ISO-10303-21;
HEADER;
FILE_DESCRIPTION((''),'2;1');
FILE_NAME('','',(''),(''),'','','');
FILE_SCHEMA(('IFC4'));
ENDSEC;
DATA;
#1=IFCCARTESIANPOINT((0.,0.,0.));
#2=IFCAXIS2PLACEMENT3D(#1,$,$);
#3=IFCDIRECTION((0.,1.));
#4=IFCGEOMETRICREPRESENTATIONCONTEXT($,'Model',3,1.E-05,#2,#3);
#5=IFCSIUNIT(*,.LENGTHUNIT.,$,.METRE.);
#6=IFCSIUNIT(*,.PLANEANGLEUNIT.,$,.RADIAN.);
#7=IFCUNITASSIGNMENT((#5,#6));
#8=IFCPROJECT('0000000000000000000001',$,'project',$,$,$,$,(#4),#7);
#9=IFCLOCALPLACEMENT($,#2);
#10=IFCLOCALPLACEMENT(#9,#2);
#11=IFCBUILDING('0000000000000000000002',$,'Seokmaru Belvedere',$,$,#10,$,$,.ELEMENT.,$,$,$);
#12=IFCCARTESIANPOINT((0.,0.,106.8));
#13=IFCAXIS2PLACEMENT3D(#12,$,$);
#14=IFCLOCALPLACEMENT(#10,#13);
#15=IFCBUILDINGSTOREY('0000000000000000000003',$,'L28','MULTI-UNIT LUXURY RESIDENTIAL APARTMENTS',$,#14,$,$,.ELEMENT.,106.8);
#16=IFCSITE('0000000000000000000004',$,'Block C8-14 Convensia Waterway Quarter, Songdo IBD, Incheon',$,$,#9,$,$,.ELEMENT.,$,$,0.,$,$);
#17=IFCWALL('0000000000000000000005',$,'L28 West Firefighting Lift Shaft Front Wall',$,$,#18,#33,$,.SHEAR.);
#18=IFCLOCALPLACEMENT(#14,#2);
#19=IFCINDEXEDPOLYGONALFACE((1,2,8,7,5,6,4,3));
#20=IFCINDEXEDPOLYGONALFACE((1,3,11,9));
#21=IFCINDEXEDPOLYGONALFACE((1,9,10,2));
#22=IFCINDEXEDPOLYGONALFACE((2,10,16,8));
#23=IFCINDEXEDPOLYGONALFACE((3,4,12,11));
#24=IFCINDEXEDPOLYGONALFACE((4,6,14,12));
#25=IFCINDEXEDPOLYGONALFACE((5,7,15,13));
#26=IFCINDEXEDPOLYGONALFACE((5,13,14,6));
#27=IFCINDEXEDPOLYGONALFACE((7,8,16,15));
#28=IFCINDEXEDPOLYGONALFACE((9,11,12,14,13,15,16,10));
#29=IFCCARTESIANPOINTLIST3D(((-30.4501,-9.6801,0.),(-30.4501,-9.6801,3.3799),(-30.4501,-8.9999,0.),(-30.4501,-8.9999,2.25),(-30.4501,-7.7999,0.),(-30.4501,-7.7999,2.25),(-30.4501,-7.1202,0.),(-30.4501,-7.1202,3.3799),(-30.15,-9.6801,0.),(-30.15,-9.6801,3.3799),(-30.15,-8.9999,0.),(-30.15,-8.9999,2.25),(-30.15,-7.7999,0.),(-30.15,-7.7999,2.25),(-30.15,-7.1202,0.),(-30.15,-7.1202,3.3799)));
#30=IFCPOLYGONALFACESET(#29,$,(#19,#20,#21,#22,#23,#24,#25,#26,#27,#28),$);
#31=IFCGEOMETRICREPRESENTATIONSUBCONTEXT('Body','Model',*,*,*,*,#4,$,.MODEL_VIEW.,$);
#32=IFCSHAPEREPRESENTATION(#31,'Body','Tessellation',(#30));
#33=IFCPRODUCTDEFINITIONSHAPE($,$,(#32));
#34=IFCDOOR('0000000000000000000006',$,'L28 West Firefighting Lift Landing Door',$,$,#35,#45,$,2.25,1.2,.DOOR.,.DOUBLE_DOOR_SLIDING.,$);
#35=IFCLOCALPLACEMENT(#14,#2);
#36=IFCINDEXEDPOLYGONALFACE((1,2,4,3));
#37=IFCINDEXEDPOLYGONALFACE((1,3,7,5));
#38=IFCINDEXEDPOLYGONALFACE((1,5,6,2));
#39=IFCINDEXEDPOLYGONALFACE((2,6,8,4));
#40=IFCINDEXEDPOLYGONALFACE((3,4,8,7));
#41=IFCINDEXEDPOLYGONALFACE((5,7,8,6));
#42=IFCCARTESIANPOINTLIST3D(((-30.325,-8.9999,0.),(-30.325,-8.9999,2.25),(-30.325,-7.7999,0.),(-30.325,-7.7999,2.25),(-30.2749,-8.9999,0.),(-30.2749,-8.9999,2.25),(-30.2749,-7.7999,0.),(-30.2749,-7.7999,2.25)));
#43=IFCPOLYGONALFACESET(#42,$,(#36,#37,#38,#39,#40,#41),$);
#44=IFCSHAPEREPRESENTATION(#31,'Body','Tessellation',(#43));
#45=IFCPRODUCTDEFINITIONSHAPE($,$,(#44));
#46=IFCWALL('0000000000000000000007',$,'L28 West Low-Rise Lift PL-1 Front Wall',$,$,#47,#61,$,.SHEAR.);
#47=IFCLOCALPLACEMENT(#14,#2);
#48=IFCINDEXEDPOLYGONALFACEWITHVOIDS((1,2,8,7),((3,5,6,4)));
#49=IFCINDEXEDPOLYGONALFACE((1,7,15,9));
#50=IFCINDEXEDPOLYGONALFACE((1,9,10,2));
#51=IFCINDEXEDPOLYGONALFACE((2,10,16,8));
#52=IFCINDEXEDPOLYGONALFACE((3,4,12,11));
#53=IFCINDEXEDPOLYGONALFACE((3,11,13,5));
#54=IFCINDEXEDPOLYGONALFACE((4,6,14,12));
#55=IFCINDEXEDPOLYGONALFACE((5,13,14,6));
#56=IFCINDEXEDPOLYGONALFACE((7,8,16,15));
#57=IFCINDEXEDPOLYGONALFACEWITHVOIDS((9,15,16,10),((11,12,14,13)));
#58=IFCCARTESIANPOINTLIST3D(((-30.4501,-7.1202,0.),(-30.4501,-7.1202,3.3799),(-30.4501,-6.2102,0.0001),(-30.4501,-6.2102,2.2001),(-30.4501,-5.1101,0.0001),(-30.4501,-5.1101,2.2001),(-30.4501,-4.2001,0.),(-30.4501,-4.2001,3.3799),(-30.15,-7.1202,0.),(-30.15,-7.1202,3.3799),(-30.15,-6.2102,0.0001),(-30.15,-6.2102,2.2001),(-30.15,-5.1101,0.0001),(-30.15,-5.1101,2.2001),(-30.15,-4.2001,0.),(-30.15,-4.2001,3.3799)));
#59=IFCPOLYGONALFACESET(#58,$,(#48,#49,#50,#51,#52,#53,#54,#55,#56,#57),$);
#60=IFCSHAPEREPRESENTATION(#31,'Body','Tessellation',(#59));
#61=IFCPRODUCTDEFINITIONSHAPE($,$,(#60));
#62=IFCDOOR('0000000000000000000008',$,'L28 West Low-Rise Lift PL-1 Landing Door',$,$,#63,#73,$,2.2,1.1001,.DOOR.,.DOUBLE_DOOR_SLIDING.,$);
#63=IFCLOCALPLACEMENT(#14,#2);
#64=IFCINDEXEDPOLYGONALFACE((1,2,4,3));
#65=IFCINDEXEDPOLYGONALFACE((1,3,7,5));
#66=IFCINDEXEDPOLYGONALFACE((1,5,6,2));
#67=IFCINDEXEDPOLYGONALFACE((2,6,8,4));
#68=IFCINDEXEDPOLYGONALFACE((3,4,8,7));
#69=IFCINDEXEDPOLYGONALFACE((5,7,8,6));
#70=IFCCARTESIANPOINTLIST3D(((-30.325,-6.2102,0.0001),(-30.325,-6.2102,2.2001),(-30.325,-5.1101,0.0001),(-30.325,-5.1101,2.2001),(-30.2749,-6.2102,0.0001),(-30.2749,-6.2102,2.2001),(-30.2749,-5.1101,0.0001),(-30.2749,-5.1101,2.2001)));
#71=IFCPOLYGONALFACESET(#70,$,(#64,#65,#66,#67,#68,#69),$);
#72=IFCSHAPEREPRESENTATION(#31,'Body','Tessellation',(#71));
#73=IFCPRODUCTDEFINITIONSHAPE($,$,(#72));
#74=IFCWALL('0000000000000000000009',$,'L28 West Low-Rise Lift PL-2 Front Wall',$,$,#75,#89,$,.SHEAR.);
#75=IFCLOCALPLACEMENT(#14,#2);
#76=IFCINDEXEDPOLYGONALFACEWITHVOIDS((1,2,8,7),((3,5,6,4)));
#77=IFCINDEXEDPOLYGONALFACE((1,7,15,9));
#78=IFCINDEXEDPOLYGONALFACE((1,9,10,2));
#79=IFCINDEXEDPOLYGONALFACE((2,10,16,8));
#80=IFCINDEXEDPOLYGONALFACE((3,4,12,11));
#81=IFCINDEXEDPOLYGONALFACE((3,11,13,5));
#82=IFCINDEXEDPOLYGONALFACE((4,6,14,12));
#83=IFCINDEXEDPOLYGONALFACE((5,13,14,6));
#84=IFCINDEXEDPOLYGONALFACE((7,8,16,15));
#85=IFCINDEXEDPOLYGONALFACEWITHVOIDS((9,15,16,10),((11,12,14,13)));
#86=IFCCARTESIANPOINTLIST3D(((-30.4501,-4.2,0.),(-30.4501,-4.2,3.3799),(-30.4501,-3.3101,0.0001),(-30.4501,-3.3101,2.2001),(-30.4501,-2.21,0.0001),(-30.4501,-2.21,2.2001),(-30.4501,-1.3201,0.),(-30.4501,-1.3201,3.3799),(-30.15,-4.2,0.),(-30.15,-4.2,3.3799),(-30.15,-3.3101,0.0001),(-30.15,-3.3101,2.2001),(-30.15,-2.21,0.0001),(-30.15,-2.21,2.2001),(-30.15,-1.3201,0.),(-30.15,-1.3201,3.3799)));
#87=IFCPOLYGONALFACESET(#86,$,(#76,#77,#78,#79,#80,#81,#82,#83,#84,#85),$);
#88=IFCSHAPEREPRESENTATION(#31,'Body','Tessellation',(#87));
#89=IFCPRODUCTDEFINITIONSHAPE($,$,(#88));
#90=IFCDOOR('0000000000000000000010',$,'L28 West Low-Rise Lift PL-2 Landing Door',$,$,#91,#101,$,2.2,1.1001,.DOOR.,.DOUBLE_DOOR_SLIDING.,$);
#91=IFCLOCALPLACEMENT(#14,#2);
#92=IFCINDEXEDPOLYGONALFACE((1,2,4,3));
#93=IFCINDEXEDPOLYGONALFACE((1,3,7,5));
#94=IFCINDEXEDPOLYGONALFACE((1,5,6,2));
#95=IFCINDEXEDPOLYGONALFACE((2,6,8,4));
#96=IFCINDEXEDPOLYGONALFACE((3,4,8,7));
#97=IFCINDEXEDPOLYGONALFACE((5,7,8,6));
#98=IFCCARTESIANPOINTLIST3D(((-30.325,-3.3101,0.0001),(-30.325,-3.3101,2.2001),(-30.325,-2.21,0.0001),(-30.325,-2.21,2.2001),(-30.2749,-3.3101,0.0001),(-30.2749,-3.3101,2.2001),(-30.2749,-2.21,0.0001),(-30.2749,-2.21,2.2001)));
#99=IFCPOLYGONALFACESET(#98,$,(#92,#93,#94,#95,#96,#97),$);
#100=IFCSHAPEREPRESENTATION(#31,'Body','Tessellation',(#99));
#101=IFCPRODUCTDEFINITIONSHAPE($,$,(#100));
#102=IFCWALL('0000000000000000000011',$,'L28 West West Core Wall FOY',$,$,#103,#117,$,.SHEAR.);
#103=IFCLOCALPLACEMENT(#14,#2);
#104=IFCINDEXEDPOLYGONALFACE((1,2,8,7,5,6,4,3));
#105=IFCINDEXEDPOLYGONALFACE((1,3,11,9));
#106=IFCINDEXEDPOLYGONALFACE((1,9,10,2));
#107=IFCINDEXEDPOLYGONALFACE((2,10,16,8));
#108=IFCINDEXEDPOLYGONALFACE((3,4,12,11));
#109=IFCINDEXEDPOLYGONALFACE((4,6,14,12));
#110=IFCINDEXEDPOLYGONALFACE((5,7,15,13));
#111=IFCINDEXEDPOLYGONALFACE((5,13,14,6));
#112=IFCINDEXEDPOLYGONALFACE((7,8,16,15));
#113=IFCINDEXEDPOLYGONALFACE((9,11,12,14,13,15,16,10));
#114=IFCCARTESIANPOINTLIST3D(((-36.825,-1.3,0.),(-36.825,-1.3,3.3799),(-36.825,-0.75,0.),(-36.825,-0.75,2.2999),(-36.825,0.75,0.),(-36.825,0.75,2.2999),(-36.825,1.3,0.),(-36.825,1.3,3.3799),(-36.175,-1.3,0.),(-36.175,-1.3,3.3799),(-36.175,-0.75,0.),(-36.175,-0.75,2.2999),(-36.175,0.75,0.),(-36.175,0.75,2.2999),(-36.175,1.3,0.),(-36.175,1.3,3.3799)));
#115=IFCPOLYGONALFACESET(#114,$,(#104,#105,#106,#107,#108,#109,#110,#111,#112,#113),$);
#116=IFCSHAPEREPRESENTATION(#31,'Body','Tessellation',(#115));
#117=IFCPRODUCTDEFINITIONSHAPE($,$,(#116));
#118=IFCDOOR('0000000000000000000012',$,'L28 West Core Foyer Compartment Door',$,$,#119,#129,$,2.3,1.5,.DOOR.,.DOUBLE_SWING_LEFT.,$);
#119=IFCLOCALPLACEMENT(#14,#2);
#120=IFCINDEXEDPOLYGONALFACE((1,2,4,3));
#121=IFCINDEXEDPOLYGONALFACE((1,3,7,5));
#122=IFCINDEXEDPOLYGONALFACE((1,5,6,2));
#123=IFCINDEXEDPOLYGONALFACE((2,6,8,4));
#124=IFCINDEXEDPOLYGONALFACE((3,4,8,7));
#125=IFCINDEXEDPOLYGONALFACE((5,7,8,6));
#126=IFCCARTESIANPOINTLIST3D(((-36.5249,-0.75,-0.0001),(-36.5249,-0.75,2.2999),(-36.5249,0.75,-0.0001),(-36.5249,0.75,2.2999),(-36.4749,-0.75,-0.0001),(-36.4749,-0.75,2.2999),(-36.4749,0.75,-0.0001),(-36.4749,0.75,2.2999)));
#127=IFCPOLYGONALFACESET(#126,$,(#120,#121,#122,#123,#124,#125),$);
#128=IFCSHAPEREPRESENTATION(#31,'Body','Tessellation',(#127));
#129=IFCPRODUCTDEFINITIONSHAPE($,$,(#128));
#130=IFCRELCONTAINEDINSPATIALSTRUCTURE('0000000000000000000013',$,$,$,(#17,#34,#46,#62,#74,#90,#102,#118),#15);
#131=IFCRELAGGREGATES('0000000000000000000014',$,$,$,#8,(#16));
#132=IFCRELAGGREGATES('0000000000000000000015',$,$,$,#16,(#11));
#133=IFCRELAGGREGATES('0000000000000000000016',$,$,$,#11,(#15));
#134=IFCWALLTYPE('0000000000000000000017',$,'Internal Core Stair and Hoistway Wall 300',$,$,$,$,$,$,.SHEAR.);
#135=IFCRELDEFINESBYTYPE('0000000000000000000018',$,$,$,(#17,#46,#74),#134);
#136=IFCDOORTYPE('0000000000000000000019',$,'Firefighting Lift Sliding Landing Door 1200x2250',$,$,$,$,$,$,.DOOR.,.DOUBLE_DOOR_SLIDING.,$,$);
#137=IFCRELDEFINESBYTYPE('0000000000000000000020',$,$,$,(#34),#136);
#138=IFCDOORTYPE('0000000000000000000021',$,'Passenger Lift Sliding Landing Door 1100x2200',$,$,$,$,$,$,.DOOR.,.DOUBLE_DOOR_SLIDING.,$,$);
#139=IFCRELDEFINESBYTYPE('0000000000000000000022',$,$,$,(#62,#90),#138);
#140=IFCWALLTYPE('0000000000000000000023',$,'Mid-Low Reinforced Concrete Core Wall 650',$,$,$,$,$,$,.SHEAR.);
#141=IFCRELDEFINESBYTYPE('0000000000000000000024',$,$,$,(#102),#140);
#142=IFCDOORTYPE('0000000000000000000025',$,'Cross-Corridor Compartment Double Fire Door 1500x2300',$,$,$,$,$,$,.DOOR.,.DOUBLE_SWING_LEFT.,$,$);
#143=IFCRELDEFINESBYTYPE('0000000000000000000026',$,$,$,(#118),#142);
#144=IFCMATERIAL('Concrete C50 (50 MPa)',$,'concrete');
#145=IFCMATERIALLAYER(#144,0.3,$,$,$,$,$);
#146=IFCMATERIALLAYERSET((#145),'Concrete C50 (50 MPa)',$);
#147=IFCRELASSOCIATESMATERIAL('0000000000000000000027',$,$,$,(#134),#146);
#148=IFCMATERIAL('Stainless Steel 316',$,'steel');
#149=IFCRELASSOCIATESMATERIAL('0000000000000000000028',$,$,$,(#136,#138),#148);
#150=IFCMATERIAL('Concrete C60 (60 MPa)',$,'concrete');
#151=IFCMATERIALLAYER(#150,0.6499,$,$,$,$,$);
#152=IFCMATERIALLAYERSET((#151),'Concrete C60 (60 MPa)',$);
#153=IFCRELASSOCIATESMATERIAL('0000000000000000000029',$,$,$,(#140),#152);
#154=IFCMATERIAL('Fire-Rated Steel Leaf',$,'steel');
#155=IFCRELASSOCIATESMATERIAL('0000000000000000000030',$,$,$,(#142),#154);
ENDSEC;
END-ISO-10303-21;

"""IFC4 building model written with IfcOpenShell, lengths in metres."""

from ifc_helpers import new_model, si_unit, direction, frame, frame_2d, origin, place, context, subcontext, project, spatial, rectangle, extrude, source, transform, mapped, material, layer, layer_set, type_object, type_shapes, element, fill, save


model = new_model("IFC4")

# Units and contexts
model_context = context("Model", 3, precision=1e-05, world=origin(), true_north=direction((0.0, 1.0)))
body_context = subcontext(model_context, "Body", "Model", "MODEL_VIEW")
ifc_project = project(units=[si_unit("LENGTHUNIT", "METRE"), si_unit("PLANEANGLEUNIT", "RADIAN")], contexts=[model_context])

# Site, building, storey
site_placement = place(None, origin())
site = spatial("IfcSite", under=ifc_project, at=site_placement, Name="Block C8-14 Convensia Waterway Quarter, Songdo IBD, Incheon", CompositionType="ELEMENT", RefElevation=0.0)
building_placement = place(site_placement, origin())
building = spatial("IfcBuilding", under=site, at=building_placement, Name="Seokmaru Belvedere", CompositionType="ELEMENT")
storey_placement = place(building_placement, frame((0.0, 0.0, 106.8)))
storey = spatial("IfcBuildingStorey", under=building, at=storey_placement, Name="L28", Description="MULTI-UNIT LUXURY RESIDENTIAL APARTMENTS", CompositionType="ELEMENT", Elevation=106.8)

# Shared definitions
ifc_material_1 = material(Name="Concrete C50 (50 MPa)", Category="concrete")

# Walls, openings, doors
ifc_layer_1 = layer(ifc_material_1, 0.3)
ifc_layer_set_1 = layer_set([ifc_layer_1], Name="Concrete C50 (50 MPa)")
wall_type_1 = type_object("IfcWallType", Name="Internal Core Stair and Hoistway Wall 300", PredefinedType="SHEAR", material=ifc_layer_set_1)
wall_1_placement = place(storey_placement, frame((-30.3, -9.6799, 0.0), z_axis=(0.0, 0.0, 1.0), x_axis=(0.0, 1.0, 0.0)))
wall_1 = element("IfcWall", 1, at=wall_1_placement, inside=storey, type_object=wall_type_1, Name="L28 West Firefighting Lift Shaft Front Wall", PredefinedType="SHEAR", context=body_context, shape_type="SweptSolid", body=[
    extrude(rectangle(XDim=2.5598, YDim=0.3, at=frame_2d((1.2798, 0.0))), origin(), (0.0, 0.0, 1.0), 3.3799),
])
opening_1_placement = place(wall_1_placement, frame((0.6799, 0.0, 0.0)))
opening_1 = element("IfcOpeningElement", 2, at=opening_1_placement, cuts=wall_1, PredefinedType="OPENING", context=body_context, shape_type="SweptSolid", body=[
    extrude(rectangle(XDim=1.2, YDim=2.25, at=frame_2d((0.6001, 1.125))), frame((0.0, 0.1602, 0.0), z_axis=(0.0, -1.0, 0.0), x_axis=(1.0, 0.0, 0.0)), (0.0, 0.0, 1.0), 0.3201),
])
ifc_material_2 = material(Name="Stainless Steel 316", Category="steel")
door_type_1 = type_object("IfcDoorType", Name="Firefighting Lift Sliding Landing Door 1200x2250", OperationType="DOUBLE_DOOR_SLIDING", PredefinedType="DOOR", material=ifc_material_2)
shared_shape_1 = source(origin(), body_context, "Body", "SweptSolid", [
    extrude(rectangle(XDim=1.2, YDim=2.25, at=frame_2d((0.6001, 1.125))), frame((0.0, 0.0249, 0.0), z_axis=(0.0, -1.0, 0.0), x_axis=(1.0, 0.0, 0.0)), (0.0, 0.0, 1.0), 0.05),
])
type_shapes(door_type_1, [shared_shape_1])
door_1_placement = place(opening_1_placement, origin())
door_1 = element("IfcDoor", 3, at=door_1_placement, inside=storey, type_object=door_type_1, Name="L28 West Firefighting Lift Landing Door", OperationType="DOUBLE_DOOR_SLIDING", OverallHeight=2.25, OverallWidth=1.2, PredefinedType="DOOR", context=body_context, shape_type="MappedRepresentation", body=[
    mapped(shared_shape_1, transform((0.0, 0.0, 0.0), scale=1.0)),
])
fill(opening_1, door_1)
wall_2_placement = place(storey_placement, frame((-30.3, -7.1201, 0.0), z_axis=(0.0, 0.0, 1.0), x_axis=(0.0, 1.0, 0.0)))
wall_2 = element("IfcWall", 4, at=wall_2_placement, inside=storey, type_object=wall_type_1, Name="L28 West Low-Rise Lift PL-1 Front Wall", PredefinedType="SHEAR", context=body_context, shape_type="SweptSolid", body=[
    extrude(rectangle(XDim=2.9202, YDim=0.3, at=frame_2d((1.46, 0.0))), origin(), (0.0, 0.0, 1.0), 3.3799),
])
opening_2_placement = place(wall_2_placement, frame((0.9099, 0.0, 0.0)))
opening_2 = element("IfcOpeningElement", 5, at=opening_2_placement, cuts=wall_2, PredefinedType="OPENING", context=body_context, shape_type="SweptSolid", body=[
    extrude(rectangle(XDim=1.1001, YDim=2.2, at=frame_2d((0.55, 1.1001))), frame((0.0, 0.1602, 0.0), z_axis=(0.0, -1.0, 0.0), x_axis=(1.0, 0.0, 0.0)), (0.0, 0.0, 1.0), 0.3201),
])
door_type_2 = type_object("IfcDoorType", Name="Passenger Lift Sliding Landing Door 1100x2200", OperationType="DOUBLE_DOOR_SLIDING", PredefinedType="DOOR", material=ifc_material_2)
shared_shape_2 = source(origin(), body_context, "Body", "SweptSolid", [
    extrude(rectangle(XDim=1.1001, YDim=2.2, at=frame_2d((0.55, 1.1001))), frame((0.0, 0.0249, 0.0), z_axis=(0.0, -1.0, 0.0), x_axis=(1.0, 0.0, 0.0)), (0.0, 0.0, 1.0), 0.05),
])
type_shapes(door_type_2, [shared_shape_2])
door_2_placement = place(opening_2_placement, origin())
door_2 = element("IfcDoor", 6, at=door_2_placement, inside=storey, type_object=door_type_2, Name="L28 West Low-Rise Lift PL-1 Landing Door", OperationType="DOUBLE_DOOR_SLIDING", OverallHeight=2.2, OverallWidth=1.1001, PredefinedType="DOOR", context=body_context, shape_type="MappedRepresentation", body=[
    mapped(shared_shape_2, transform((0.0, 0.0, 0.0), scale=1.0)),
])
fill(opening_2, door_2)
wall_3_placement = place(storey_placement, frame((-30.3, -4.2, 0.0), z_axis=(0.0, 0.0, 1.0), x_axis=(0.0, 1.0, 0.0)))
wall_3 = element("IfcWall", 7, at=wall_3_placement, inside=storey, type_object=wall_type_1, Name="L28 West Low-Rise Lift PL-2 Front Wall", PredefinedType="SHEAR", context=body_context, shape_type="SweptSolid", body=[
    extrude(rectangle(XDim=2.8799, YDim=0.3, at=frame_2d((1.4399, 0.0))), origin(), (0.0, 0.0, 1.0), 3.3799),
])
opening_3_placement = place(wall_3_placement, frame((0.8899, 0.0, 0.0)))
opening_3 = element("IfcOpeningElement", 8, at=opening_3_placement, cuts=wall_3, PredefinedType="OPENING", context=body_context, shape_type="SweptSolid", body=[
    extrude(rectangle(XDim=1.1001, YDim=2.2, at=frame_2d((0.55, 1.1001))), frame((0.0, 0.1602, 0.0), z_axis=(0.0, -1.0, 0.0), x_axis=(1.0, 0.0, 0.0)), (0.0, 0.0, 1.0), 0.3201),
])
door_3_placement = place(opening_3_placement, origin())
door_3 = element("IfcDoor", 9, at=door_3_placement, inside=storey, type_object=door_type_2, Name="L28 West Low-Rise Lift PL-2 Landing Door", OperationType="DOUBLE_DOOR_SLIDING", OverallHeight=2.2, OverallWidth=1.1001, PredefinedType="DOOR", context=body_context, shape_type="MappedRepresentation", body=[
    mapped(shared_shape_2, transform((0.0, 0.0, 0.0), scale=1.0)),
])
fill(opening_3, door_3)
ifc_material_3 = material(Name="Concrete C60 (60 MPa)", Category="concrete")
ifc_layer_2 = layer(ifc_material_3, 0.6499)
ifc_layer_set_2 = layer_set([ifc_layer_2], Name="Concrete C60 (60 MPa)")
wall_type_2 = type_object("IfcWallType", Name="Mid-Low Reinforced Concrete Core Wall 650", PredefinedType="SHEAR", material=ifc_layer_set_2)
wall_4_placement = place(storey_placement, frame((-36.5, -1.3, 0.0), z_axis=(0.0, 0.0, 1.0), x_axis=(0.0, 1.0, 0.0)))
wall_4 = element("IfcWall", 10, at=wall_4_placement, inside=storey, type_object=wall_type_2, Name="L28 West West Core Wall FOY", PredefinedType="SHEAR", context=body_context, shape_type="SweptSolid", body=[
    extrude(rectangle(XDim=2.6001, YDim=0.6499, at=frame_2d((1.3, 0.0))), origin(), (0.0, 0.0, 1.0), 3.3799),
])
opening_4_placement = place(wall_4_placement, frame((0.55, 0.0, 0.0)))
opening_4 = element("IfcOpeningElement", 11, at=opening_4_placement, cuts=wall_4, PredefinedType="OPENING", context=body_context, shape_type="SweptSolid", body=[
    extrude(rectangle(XDim=1.5, YDim=2.3, at=frame_2d((0.75, 1.1499))), frame((0.0, 0.335, 0.0), z_axis=(0.0, -1.0, 0.0), x_axis=(1.0, 0.0, 0.0)), (0.0, 0.0, 1.0), 0.6699),
])
ifc_material_4 = material(Name="Fire-Rated Steel Leaf", Category="steel")
door_type_3 = type_object("IfcDoorType", Name="Cross-Corridor Compartment Double Fire Door 1500x2300", OperationType="DOUBLE_SWING_LEFT", PredefinedType="DOOR", material=ifc_material_4)
shared_shape_3 = source(origin(), body_context, "Body", "SweptSolid", [
    extrude(rectangle(XDim=1.5, YDim=2.3, at=frame_2d((0.75, 1.1499))), frame((0.0, 0.0249, 0.0), z_axis=(0.0, -1.0, 0.0), x_axis=(1.0, 0.0, 0.0)), (0.0, 0.0, 1.0), 0.05),
])
type_shapes(door_type_3, [shared_shape_3])
door_4_placement = place(opening_4_placement, origin())
door_4 = element("IfcDoor", 12, at=door_4_placement, inside=storey, type_object=door_type_3, Name="L28 West Core Foyer Compartment Door", OperationType="DOUBLE_SWING_LEFT", OverallHeight=2.3, OverallWidth=1.5, PredefinedType="DOOR", context=body_context, shape_type="MappedRepresentation", body=[
    mapped(shared_shape_3, transform((0.0, 0.0, 0.0), scale=1.0)),
])
fill(opening_4, door_4)

save(model, "model.ifc")
